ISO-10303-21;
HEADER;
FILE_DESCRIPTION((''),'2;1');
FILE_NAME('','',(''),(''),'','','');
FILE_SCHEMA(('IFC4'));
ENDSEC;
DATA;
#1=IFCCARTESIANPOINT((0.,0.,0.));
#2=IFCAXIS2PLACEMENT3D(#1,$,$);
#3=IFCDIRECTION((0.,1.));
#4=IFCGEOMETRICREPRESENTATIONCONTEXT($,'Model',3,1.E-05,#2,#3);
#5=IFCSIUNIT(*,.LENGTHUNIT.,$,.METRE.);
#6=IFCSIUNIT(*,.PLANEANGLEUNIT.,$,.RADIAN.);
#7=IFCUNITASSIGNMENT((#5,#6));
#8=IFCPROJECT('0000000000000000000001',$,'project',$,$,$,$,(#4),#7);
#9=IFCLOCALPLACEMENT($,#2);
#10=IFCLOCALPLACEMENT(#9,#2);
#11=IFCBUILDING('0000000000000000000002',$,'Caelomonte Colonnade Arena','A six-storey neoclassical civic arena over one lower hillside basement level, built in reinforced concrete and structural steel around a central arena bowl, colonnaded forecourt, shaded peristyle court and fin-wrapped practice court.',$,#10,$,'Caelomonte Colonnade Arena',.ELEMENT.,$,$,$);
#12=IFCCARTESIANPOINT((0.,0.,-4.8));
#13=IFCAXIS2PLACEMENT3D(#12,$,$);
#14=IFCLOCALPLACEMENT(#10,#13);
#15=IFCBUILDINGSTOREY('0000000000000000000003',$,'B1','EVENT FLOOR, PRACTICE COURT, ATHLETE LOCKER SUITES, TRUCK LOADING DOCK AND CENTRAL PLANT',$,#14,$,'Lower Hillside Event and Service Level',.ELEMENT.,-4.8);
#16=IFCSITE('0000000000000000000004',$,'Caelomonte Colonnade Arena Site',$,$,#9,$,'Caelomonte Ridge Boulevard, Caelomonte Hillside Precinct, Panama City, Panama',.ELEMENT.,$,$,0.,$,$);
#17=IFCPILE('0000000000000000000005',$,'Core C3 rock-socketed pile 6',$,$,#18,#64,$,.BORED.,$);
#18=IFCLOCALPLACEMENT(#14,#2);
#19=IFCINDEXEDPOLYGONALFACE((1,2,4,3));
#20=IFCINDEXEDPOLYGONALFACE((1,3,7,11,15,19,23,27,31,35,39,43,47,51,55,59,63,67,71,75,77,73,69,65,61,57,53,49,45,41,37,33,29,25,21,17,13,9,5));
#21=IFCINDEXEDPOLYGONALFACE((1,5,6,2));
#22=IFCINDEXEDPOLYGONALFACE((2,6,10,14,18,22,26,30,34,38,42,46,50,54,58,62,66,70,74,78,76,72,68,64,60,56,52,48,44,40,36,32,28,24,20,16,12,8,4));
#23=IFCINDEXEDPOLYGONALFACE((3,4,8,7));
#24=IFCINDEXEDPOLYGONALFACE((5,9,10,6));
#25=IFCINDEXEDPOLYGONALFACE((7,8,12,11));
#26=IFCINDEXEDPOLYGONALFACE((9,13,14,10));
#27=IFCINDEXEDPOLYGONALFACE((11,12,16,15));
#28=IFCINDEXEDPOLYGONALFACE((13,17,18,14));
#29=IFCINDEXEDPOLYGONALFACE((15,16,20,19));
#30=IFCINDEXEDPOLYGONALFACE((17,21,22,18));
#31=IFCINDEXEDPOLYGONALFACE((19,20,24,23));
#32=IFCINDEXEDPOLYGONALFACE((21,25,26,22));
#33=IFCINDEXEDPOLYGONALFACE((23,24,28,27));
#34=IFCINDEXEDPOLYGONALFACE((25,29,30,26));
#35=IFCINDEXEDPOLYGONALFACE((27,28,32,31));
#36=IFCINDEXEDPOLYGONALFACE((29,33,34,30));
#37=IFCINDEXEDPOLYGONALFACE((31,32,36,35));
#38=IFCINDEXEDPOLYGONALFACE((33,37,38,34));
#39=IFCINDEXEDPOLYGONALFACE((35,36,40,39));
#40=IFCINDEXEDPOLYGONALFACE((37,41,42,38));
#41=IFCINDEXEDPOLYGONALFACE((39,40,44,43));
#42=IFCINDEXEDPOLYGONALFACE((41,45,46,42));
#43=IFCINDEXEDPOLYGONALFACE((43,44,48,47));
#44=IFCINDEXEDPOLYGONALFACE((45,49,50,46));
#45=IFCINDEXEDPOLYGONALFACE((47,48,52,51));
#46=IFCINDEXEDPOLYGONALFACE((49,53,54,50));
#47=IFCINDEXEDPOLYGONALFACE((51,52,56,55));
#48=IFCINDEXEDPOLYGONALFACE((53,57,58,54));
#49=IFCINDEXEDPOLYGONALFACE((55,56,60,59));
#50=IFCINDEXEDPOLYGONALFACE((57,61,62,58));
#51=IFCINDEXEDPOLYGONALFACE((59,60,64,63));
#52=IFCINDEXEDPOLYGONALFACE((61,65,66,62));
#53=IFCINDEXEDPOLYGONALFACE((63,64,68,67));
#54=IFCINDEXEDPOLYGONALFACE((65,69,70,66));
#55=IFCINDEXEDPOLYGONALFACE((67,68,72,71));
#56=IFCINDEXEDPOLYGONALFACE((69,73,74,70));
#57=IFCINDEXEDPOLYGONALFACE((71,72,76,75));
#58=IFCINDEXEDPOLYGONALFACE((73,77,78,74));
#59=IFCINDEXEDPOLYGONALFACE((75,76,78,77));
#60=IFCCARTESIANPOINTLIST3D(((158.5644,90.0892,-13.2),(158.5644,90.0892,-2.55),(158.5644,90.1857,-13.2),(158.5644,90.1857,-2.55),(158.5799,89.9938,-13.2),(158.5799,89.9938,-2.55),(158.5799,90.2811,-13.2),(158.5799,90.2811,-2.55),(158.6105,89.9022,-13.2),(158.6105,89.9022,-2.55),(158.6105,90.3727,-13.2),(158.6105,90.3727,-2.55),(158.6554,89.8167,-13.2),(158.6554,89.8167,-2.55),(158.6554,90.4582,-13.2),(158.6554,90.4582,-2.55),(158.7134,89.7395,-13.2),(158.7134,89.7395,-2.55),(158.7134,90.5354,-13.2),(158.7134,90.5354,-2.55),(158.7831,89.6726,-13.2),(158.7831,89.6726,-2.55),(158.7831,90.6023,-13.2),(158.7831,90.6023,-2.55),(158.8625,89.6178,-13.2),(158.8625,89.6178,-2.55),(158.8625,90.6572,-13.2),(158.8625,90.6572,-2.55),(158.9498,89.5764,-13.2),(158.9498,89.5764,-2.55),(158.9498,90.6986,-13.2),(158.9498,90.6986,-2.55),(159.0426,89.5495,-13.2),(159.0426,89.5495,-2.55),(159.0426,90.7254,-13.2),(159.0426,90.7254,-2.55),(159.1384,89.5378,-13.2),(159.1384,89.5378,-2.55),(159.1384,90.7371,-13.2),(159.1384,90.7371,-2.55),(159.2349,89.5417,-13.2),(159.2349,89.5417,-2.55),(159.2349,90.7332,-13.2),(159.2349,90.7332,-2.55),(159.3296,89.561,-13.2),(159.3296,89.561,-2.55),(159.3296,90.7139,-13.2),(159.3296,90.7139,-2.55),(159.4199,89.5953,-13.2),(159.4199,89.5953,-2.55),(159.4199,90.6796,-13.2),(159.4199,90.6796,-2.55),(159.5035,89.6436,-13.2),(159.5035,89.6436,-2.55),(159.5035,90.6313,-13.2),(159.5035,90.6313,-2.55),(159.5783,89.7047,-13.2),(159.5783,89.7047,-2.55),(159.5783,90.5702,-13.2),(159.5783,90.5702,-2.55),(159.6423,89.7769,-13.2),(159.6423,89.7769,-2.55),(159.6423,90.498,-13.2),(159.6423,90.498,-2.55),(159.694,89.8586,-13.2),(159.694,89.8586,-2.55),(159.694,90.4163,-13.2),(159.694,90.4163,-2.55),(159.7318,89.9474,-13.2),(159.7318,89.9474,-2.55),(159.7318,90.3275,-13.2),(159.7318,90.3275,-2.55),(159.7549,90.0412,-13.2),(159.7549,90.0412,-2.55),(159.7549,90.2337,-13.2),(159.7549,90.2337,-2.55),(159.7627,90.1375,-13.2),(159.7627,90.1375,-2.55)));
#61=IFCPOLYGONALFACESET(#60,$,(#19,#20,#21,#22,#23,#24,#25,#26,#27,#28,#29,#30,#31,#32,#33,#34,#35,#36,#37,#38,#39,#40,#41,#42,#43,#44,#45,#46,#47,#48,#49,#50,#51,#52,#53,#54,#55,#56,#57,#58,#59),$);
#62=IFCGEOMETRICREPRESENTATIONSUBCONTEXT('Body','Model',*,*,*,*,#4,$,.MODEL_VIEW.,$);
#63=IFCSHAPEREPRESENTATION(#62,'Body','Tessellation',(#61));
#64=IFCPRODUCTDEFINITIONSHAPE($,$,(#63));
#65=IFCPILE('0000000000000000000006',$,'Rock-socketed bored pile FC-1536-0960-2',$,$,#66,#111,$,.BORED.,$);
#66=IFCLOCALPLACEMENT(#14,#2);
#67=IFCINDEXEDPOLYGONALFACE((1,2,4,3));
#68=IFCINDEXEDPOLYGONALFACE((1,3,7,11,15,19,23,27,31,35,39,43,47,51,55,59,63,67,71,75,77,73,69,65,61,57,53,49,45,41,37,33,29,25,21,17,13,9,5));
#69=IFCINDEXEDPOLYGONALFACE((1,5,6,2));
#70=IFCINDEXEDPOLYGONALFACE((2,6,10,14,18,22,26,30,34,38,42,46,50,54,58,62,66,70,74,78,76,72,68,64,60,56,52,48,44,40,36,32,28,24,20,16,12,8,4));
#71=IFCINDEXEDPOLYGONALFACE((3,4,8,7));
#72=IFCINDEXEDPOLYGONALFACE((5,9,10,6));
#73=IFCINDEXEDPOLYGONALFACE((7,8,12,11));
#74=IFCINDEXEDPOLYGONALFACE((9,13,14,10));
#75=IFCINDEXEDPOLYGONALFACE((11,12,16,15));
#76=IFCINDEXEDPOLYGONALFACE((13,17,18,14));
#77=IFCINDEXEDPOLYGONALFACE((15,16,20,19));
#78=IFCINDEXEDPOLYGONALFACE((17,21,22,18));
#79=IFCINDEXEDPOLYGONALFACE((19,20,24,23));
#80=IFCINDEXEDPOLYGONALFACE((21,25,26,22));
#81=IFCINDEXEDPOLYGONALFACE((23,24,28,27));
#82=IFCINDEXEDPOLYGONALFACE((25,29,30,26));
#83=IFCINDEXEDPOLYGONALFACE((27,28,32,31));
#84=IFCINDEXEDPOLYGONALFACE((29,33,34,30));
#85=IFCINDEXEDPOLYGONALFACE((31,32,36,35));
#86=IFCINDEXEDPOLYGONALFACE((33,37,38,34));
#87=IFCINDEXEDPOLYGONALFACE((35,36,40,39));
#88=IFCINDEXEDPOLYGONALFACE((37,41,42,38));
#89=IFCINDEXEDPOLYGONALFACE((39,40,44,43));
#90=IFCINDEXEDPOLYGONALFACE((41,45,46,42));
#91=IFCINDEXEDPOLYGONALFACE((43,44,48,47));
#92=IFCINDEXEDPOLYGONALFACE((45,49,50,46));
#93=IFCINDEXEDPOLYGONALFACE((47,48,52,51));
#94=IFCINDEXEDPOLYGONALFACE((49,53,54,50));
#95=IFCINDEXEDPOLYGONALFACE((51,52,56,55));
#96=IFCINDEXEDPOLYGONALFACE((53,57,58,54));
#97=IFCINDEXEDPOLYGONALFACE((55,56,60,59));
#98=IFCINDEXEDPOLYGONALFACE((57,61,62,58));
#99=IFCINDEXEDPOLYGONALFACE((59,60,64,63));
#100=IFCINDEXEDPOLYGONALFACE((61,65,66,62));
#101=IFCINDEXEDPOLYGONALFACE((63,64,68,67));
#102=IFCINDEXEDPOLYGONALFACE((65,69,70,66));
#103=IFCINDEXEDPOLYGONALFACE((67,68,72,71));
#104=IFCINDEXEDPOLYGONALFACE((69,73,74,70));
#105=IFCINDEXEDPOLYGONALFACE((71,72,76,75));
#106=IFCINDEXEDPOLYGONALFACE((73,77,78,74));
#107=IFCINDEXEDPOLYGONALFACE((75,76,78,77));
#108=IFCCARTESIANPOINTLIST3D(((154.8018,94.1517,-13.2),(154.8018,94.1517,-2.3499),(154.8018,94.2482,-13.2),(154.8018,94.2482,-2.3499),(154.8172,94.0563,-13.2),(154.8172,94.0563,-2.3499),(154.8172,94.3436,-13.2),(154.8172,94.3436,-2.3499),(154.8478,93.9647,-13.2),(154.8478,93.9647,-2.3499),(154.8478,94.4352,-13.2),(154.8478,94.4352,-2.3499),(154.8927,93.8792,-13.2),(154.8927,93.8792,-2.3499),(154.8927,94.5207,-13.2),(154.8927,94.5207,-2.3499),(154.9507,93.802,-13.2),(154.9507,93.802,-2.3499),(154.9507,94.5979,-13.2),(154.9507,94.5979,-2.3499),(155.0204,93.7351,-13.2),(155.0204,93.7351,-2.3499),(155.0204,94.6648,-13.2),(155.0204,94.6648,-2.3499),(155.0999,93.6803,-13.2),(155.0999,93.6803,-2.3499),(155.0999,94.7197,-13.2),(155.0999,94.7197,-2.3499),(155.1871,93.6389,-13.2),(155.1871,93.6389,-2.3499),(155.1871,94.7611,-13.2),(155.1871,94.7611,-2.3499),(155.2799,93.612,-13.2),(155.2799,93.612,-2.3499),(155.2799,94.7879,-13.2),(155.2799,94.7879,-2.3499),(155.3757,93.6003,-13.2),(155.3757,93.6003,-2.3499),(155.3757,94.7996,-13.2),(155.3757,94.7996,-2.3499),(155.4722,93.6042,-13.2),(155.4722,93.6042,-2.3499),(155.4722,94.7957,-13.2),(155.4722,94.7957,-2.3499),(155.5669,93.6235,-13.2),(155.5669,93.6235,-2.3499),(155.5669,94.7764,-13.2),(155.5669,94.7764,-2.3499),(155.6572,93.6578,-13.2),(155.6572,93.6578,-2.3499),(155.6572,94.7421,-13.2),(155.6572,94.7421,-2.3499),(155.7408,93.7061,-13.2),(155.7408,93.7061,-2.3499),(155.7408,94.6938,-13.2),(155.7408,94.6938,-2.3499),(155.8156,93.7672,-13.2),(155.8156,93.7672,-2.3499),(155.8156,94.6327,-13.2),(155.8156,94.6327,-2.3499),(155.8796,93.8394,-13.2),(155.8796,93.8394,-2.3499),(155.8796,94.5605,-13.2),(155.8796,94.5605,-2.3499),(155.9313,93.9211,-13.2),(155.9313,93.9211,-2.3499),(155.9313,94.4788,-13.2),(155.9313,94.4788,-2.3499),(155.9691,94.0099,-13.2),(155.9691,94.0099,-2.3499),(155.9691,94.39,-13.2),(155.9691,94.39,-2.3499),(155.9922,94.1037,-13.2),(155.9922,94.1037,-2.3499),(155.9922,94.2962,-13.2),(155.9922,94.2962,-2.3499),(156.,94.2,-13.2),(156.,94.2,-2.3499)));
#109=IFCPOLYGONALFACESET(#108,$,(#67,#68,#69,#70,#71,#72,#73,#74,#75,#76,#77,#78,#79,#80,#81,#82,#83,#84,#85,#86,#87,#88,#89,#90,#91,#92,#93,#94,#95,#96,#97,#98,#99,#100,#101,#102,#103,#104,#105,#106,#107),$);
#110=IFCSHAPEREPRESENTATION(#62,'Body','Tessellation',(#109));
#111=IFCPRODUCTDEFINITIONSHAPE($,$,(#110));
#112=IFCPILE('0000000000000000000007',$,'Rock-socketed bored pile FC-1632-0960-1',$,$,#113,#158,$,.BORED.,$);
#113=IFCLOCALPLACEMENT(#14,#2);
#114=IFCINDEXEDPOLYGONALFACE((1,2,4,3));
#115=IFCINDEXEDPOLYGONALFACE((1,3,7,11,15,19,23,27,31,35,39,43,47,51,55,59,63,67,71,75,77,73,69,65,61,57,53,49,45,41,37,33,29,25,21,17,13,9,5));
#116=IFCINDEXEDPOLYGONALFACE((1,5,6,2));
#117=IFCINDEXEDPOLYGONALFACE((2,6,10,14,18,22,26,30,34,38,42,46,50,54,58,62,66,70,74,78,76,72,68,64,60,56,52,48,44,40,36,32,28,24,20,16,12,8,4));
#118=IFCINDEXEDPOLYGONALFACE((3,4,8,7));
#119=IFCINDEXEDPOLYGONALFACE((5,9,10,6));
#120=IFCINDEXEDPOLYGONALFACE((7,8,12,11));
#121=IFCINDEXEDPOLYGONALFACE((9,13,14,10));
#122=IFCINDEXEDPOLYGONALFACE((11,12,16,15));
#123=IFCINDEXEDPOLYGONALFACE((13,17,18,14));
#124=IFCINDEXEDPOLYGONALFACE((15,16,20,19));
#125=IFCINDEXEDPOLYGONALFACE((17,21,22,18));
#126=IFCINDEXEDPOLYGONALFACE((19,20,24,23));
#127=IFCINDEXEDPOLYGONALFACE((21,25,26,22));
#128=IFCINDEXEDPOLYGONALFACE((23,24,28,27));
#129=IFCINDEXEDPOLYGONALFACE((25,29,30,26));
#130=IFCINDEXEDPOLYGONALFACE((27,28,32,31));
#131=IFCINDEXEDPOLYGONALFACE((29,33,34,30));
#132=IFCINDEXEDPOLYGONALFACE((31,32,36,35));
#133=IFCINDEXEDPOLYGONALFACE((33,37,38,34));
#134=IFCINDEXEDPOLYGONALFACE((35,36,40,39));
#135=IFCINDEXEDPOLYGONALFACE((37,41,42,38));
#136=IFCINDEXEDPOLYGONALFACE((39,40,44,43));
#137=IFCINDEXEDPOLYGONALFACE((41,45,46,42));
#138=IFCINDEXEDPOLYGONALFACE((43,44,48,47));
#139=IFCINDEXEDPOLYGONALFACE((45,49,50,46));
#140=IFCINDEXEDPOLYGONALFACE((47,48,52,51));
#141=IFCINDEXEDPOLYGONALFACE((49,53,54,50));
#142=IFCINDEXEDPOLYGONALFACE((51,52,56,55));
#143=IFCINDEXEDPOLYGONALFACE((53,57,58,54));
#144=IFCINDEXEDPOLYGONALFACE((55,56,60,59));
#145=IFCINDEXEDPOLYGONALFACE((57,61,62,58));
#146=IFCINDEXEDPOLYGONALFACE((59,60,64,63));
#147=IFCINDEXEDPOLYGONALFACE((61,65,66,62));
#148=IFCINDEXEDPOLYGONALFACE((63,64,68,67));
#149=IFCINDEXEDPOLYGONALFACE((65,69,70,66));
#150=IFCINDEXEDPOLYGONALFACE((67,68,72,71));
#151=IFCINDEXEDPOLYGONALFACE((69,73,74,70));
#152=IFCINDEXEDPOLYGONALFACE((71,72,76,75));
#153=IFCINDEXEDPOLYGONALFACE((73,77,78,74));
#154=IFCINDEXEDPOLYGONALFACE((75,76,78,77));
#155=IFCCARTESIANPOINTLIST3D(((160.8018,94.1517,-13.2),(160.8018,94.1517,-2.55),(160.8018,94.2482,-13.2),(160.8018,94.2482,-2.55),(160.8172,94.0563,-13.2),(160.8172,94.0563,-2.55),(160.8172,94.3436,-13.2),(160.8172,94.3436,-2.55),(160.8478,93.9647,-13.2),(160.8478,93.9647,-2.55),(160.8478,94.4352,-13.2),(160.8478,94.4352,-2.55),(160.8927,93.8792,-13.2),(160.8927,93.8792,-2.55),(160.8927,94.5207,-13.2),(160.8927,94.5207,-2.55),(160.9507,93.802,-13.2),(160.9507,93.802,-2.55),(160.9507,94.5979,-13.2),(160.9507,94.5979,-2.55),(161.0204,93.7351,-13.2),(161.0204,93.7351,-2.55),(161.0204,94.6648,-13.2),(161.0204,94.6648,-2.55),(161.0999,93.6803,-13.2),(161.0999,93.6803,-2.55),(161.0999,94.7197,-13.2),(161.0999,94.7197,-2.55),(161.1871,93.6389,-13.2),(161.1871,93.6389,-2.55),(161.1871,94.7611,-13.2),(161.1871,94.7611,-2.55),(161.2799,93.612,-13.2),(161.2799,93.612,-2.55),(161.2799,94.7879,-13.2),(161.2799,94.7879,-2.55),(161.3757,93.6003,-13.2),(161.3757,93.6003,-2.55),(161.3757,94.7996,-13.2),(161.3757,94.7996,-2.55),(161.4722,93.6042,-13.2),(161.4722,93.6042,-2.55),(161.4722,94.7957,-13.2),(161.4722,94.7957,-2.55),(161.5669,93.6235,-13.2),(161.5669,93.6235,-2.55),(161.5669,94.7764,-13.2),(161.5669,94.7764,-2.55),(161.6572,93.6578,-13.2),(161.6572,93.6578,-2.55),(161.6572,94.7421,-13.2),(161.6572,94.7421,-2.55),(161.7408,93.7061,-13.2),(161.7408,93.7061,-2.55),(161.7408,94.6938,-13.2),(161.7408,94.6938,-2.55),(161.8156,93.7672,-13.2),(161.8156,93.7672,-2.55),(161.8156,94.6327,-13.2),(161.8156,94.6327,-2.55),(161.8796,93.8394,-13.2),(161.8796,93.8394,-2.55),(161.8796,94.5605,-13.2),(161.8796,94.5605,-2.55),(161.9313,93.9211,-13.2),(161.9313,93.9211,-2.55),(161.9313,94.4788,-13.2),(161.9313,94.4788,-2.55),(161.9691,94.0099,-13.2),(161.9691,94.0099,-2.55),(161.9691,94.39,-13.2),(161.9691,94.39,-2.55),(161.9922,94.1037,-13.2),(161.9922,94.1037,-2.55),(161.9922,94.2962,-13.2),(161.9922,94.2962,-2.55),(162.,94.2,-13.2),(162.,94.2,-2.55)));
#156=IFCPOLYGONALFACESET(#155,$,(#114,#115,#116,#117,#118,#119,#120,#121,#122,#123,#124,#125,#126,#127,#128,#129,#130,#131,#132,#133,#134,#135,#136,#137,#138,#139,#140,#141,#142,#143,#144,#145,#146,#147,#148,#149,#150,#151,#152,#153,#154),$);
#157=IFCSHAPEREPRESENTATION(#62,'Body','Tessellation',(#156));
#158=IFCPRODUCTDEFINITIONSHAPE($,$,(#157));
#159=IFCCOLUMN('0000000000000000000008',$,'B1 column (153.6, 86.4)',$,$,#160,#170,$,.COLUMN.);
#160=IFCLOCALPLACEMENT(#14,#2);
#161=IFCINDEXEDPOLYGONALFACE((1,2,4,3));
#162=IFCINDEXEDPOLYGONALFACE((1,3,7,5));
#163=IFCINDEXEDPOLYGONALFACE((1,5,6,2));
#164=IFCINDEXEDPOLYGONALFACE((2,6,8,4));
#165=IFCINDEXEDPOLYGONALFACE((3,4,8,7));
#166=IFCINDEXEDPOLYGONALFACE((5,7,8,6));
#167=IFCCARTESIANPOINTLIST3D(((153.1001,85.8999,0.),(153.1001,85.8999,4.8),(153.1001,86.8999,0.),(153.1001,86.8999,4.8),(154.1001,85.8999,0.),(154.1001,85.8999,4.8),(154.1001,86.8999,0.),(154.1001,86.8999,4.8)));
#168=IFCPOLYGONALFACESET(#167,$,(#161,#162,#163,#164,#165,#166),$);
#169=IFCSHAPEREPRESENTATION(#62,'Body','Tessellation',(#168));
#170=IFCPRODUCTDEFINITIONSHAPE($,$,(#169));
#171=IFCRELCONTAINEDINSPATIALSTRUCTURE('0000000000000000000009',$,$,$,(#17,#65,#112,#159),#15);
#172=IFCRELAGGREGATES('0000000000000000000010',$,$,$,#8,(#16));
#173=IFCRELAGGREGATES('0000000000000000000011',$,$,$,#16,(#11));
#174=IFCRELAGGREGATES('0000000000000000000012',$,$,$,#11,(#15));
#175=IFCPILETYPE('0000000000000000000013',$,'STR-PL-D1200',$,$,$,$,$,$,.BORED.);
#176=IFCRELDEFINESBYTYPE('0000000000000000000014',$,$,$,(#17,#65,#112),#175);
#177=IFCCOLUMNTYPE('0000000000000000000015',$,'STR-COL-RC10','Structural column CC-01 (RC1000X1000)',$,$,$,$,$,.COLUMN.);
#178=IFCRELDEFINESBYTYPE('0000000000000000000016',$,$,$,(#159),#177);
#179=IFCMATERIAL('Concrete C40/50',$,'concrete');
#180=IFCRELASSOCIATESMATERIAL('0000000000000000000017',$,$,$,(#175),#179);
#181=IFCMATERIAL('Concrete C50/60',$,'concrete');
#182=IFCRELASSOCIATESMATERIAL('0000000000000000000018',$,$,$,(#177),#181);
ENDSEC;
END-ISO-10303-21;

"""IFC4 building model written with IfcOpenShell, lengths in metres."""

from ifc_helpers import new_model, si_unit, direction, frame, origin, origin_2d, place, context, subcontext, project, spatial, rectangle, circle, extrude, material, material_profile, profile_set, type_object, element, save


model = new_model("IFC4")

# Units and contexts
model_context = context("Model", 3, precision=1e-05, world=origin(), true_north=direction((0.0, 1.0)))
body_context = subcontext(model_context, "Body", "Model", "MODEL_VIEW")
ifc_project = project(units=[si_unit("LENGTHUNIT", "METRE"), si_unit("PLANEANGLEUNIT", "RADIAN")], contexts=[model_context])

# Site, building, storey
site_placement = place(None, origin())
site = spatial("IfcSite", under=ifc_project, at=site_placement, Name="Caelomonte Colonnade Arena Site", LongName="Caelomonte Ridge Boulevard, Caelomonte Hillside Precinct, Panama City, Panama", CompositionType="ELEMENT", RefElevation=0.0)
building_placement = place(site_placement, origin())
building = spatial("IfcBuilding", under=site, at=building_placement, Name="Caelomonte Colonnade Arena", Description="A six-storey neoclassical civic arena over one lower hillside basement level, built in reinforced concrete and structural steel around a central arena bowl, colonnaded forecourt, shaded peristyle court and fin-wrapped practice court.", LongName="Caelomonte Colonnade Arena", CompositionType="ELEMENT")
storey_placement = place(building_placement, frame((0.0, 0.0, -4.8)))
storey = spatial("IfcBuildingStorey", under=building, at=storey_placement, Name="B1", Description="EVENT FLOOR, PRACTICE COURT, ATHLETE LOCKER SUITES, TRUCK LOADING DOCK AND CENTRAL PLANT", LongName="Lower Hillside Event and Service Level", CompositionType="ELEMENT", Elevation=-4.8)

# Shared definitions
ifc_material_1 = material(Name="Concrete C40/50", Category="concrete")

# Piles
ifc_material_profile_1 = material_profile(ifc_material_1, circle(Radius=0.6001, at=origin_2d()), Name="PILE-D1200")
ifc_profile_set_1 = profile_set([ifc_material_profile_1], Name="Concrete C40/50")
pile_type_1 = type_object("IfcPileType", Name="STR-PL-D1200", PredefinedType="BORED", material=ifc_profile_set_1)
for number, where, z_axis, x_axis, name in (
    (1, (159.1626, 90.1375, -2.55), (0.0, 0.0, -1.0), (1.0, 0.0, 0.0), "Core C3 rock-socketed pile 6"),
):
    element("IfcPile", number, at=place(storey_placement, frame(where, z_axis=z_axis, x_axis=x_axis)), inside=storey, type_object=pile_type_1, Name=name, PredefinedType="BORED", context=body_context, shape_type="SweptSolid", body=[
        extrude(circle(Radius=0.6001, at=origin_2d()), origin(), (0.0, 0.0, 1.0), 10.6499),
    ])
pile_1_placement = place(storey_placement, frame((155.3999, 94.2, -2.3499), z_axis=(0.0, 0.0, -1.0), x_axis=(1.0, 0.0, 0.0)))
element("IfcPile", 2, at=pile_1_placement, inside=storey, type_object=pile_type_1, Name="Rock-socketed bored pile FC-1536-0960-2", PredefinedType="BORED", context=body_context, shape_type="SweptSolid", body=[
    extrude(circle(Radius=0.6001, at=origin_2d()), origin(), (0.0, 0.0, 1.0), 10.8501),
])
pile_2_placement = place(storey_placement, frame((161.3999, 94.2, -2.55), z_axis=(0.0, 0.0, -1.0), x_axis=(1.0, 0.0, 0.0)))
element("IfcPile", 3, at=pile_2_placement, inside=storey, type_object=pile_type_1, Name="Rock-socketed bored pile FC-1632-0960-1", PredefinedType="BORED", context=body_context, shape_type="SweptSolid", body=[
    extrude(circle(Radius=0.6001, at=origin_2d()), origin(), (0.0, 0.0, 1.0), 10.6499),
])

# Column
ifc_material_2 = material(Name="Concrete C50/60", Category="concrete")
ifc_material_profile_2 = material_profile(ifc_material_2, rectangle(XDim=1.0, YDim=1.0, at=origin_2d()), Name="RC1000X1000")
ifc_profile_set_2 = profile_set([ifc_material_profile_2], Name="Concrete C50/60")
column_type_1 = type_object("IfcColumnType", Name="STR-COL-RC10", Description="Structural column CC-01 (RC1000X1000)", PredefinedType="COLUMN", material=ifc_profile_set_2)
column_1_placement = place(storey_placement, frame((153.6001, 86.3999, 0.0), z_axis=(0.0, 0.0, 1.0), x_axis=(1.0, 0.0, 0.0)))
element("IfcColumn", 4, at=column_1_placement, inside=storey, type_object=column_type_1, Name="B1 column (153.6, 86.4)", PredefinedType="COLUMN", context=body_context, shape_type="SweptSolid", body=[
    extrude(rectangle(XDim=1.0, YDim=1.0, at=origin_2d()), origin(), (0.0, 0.0, 1.0), 4.8),
])

save(model, "model.ifc")
